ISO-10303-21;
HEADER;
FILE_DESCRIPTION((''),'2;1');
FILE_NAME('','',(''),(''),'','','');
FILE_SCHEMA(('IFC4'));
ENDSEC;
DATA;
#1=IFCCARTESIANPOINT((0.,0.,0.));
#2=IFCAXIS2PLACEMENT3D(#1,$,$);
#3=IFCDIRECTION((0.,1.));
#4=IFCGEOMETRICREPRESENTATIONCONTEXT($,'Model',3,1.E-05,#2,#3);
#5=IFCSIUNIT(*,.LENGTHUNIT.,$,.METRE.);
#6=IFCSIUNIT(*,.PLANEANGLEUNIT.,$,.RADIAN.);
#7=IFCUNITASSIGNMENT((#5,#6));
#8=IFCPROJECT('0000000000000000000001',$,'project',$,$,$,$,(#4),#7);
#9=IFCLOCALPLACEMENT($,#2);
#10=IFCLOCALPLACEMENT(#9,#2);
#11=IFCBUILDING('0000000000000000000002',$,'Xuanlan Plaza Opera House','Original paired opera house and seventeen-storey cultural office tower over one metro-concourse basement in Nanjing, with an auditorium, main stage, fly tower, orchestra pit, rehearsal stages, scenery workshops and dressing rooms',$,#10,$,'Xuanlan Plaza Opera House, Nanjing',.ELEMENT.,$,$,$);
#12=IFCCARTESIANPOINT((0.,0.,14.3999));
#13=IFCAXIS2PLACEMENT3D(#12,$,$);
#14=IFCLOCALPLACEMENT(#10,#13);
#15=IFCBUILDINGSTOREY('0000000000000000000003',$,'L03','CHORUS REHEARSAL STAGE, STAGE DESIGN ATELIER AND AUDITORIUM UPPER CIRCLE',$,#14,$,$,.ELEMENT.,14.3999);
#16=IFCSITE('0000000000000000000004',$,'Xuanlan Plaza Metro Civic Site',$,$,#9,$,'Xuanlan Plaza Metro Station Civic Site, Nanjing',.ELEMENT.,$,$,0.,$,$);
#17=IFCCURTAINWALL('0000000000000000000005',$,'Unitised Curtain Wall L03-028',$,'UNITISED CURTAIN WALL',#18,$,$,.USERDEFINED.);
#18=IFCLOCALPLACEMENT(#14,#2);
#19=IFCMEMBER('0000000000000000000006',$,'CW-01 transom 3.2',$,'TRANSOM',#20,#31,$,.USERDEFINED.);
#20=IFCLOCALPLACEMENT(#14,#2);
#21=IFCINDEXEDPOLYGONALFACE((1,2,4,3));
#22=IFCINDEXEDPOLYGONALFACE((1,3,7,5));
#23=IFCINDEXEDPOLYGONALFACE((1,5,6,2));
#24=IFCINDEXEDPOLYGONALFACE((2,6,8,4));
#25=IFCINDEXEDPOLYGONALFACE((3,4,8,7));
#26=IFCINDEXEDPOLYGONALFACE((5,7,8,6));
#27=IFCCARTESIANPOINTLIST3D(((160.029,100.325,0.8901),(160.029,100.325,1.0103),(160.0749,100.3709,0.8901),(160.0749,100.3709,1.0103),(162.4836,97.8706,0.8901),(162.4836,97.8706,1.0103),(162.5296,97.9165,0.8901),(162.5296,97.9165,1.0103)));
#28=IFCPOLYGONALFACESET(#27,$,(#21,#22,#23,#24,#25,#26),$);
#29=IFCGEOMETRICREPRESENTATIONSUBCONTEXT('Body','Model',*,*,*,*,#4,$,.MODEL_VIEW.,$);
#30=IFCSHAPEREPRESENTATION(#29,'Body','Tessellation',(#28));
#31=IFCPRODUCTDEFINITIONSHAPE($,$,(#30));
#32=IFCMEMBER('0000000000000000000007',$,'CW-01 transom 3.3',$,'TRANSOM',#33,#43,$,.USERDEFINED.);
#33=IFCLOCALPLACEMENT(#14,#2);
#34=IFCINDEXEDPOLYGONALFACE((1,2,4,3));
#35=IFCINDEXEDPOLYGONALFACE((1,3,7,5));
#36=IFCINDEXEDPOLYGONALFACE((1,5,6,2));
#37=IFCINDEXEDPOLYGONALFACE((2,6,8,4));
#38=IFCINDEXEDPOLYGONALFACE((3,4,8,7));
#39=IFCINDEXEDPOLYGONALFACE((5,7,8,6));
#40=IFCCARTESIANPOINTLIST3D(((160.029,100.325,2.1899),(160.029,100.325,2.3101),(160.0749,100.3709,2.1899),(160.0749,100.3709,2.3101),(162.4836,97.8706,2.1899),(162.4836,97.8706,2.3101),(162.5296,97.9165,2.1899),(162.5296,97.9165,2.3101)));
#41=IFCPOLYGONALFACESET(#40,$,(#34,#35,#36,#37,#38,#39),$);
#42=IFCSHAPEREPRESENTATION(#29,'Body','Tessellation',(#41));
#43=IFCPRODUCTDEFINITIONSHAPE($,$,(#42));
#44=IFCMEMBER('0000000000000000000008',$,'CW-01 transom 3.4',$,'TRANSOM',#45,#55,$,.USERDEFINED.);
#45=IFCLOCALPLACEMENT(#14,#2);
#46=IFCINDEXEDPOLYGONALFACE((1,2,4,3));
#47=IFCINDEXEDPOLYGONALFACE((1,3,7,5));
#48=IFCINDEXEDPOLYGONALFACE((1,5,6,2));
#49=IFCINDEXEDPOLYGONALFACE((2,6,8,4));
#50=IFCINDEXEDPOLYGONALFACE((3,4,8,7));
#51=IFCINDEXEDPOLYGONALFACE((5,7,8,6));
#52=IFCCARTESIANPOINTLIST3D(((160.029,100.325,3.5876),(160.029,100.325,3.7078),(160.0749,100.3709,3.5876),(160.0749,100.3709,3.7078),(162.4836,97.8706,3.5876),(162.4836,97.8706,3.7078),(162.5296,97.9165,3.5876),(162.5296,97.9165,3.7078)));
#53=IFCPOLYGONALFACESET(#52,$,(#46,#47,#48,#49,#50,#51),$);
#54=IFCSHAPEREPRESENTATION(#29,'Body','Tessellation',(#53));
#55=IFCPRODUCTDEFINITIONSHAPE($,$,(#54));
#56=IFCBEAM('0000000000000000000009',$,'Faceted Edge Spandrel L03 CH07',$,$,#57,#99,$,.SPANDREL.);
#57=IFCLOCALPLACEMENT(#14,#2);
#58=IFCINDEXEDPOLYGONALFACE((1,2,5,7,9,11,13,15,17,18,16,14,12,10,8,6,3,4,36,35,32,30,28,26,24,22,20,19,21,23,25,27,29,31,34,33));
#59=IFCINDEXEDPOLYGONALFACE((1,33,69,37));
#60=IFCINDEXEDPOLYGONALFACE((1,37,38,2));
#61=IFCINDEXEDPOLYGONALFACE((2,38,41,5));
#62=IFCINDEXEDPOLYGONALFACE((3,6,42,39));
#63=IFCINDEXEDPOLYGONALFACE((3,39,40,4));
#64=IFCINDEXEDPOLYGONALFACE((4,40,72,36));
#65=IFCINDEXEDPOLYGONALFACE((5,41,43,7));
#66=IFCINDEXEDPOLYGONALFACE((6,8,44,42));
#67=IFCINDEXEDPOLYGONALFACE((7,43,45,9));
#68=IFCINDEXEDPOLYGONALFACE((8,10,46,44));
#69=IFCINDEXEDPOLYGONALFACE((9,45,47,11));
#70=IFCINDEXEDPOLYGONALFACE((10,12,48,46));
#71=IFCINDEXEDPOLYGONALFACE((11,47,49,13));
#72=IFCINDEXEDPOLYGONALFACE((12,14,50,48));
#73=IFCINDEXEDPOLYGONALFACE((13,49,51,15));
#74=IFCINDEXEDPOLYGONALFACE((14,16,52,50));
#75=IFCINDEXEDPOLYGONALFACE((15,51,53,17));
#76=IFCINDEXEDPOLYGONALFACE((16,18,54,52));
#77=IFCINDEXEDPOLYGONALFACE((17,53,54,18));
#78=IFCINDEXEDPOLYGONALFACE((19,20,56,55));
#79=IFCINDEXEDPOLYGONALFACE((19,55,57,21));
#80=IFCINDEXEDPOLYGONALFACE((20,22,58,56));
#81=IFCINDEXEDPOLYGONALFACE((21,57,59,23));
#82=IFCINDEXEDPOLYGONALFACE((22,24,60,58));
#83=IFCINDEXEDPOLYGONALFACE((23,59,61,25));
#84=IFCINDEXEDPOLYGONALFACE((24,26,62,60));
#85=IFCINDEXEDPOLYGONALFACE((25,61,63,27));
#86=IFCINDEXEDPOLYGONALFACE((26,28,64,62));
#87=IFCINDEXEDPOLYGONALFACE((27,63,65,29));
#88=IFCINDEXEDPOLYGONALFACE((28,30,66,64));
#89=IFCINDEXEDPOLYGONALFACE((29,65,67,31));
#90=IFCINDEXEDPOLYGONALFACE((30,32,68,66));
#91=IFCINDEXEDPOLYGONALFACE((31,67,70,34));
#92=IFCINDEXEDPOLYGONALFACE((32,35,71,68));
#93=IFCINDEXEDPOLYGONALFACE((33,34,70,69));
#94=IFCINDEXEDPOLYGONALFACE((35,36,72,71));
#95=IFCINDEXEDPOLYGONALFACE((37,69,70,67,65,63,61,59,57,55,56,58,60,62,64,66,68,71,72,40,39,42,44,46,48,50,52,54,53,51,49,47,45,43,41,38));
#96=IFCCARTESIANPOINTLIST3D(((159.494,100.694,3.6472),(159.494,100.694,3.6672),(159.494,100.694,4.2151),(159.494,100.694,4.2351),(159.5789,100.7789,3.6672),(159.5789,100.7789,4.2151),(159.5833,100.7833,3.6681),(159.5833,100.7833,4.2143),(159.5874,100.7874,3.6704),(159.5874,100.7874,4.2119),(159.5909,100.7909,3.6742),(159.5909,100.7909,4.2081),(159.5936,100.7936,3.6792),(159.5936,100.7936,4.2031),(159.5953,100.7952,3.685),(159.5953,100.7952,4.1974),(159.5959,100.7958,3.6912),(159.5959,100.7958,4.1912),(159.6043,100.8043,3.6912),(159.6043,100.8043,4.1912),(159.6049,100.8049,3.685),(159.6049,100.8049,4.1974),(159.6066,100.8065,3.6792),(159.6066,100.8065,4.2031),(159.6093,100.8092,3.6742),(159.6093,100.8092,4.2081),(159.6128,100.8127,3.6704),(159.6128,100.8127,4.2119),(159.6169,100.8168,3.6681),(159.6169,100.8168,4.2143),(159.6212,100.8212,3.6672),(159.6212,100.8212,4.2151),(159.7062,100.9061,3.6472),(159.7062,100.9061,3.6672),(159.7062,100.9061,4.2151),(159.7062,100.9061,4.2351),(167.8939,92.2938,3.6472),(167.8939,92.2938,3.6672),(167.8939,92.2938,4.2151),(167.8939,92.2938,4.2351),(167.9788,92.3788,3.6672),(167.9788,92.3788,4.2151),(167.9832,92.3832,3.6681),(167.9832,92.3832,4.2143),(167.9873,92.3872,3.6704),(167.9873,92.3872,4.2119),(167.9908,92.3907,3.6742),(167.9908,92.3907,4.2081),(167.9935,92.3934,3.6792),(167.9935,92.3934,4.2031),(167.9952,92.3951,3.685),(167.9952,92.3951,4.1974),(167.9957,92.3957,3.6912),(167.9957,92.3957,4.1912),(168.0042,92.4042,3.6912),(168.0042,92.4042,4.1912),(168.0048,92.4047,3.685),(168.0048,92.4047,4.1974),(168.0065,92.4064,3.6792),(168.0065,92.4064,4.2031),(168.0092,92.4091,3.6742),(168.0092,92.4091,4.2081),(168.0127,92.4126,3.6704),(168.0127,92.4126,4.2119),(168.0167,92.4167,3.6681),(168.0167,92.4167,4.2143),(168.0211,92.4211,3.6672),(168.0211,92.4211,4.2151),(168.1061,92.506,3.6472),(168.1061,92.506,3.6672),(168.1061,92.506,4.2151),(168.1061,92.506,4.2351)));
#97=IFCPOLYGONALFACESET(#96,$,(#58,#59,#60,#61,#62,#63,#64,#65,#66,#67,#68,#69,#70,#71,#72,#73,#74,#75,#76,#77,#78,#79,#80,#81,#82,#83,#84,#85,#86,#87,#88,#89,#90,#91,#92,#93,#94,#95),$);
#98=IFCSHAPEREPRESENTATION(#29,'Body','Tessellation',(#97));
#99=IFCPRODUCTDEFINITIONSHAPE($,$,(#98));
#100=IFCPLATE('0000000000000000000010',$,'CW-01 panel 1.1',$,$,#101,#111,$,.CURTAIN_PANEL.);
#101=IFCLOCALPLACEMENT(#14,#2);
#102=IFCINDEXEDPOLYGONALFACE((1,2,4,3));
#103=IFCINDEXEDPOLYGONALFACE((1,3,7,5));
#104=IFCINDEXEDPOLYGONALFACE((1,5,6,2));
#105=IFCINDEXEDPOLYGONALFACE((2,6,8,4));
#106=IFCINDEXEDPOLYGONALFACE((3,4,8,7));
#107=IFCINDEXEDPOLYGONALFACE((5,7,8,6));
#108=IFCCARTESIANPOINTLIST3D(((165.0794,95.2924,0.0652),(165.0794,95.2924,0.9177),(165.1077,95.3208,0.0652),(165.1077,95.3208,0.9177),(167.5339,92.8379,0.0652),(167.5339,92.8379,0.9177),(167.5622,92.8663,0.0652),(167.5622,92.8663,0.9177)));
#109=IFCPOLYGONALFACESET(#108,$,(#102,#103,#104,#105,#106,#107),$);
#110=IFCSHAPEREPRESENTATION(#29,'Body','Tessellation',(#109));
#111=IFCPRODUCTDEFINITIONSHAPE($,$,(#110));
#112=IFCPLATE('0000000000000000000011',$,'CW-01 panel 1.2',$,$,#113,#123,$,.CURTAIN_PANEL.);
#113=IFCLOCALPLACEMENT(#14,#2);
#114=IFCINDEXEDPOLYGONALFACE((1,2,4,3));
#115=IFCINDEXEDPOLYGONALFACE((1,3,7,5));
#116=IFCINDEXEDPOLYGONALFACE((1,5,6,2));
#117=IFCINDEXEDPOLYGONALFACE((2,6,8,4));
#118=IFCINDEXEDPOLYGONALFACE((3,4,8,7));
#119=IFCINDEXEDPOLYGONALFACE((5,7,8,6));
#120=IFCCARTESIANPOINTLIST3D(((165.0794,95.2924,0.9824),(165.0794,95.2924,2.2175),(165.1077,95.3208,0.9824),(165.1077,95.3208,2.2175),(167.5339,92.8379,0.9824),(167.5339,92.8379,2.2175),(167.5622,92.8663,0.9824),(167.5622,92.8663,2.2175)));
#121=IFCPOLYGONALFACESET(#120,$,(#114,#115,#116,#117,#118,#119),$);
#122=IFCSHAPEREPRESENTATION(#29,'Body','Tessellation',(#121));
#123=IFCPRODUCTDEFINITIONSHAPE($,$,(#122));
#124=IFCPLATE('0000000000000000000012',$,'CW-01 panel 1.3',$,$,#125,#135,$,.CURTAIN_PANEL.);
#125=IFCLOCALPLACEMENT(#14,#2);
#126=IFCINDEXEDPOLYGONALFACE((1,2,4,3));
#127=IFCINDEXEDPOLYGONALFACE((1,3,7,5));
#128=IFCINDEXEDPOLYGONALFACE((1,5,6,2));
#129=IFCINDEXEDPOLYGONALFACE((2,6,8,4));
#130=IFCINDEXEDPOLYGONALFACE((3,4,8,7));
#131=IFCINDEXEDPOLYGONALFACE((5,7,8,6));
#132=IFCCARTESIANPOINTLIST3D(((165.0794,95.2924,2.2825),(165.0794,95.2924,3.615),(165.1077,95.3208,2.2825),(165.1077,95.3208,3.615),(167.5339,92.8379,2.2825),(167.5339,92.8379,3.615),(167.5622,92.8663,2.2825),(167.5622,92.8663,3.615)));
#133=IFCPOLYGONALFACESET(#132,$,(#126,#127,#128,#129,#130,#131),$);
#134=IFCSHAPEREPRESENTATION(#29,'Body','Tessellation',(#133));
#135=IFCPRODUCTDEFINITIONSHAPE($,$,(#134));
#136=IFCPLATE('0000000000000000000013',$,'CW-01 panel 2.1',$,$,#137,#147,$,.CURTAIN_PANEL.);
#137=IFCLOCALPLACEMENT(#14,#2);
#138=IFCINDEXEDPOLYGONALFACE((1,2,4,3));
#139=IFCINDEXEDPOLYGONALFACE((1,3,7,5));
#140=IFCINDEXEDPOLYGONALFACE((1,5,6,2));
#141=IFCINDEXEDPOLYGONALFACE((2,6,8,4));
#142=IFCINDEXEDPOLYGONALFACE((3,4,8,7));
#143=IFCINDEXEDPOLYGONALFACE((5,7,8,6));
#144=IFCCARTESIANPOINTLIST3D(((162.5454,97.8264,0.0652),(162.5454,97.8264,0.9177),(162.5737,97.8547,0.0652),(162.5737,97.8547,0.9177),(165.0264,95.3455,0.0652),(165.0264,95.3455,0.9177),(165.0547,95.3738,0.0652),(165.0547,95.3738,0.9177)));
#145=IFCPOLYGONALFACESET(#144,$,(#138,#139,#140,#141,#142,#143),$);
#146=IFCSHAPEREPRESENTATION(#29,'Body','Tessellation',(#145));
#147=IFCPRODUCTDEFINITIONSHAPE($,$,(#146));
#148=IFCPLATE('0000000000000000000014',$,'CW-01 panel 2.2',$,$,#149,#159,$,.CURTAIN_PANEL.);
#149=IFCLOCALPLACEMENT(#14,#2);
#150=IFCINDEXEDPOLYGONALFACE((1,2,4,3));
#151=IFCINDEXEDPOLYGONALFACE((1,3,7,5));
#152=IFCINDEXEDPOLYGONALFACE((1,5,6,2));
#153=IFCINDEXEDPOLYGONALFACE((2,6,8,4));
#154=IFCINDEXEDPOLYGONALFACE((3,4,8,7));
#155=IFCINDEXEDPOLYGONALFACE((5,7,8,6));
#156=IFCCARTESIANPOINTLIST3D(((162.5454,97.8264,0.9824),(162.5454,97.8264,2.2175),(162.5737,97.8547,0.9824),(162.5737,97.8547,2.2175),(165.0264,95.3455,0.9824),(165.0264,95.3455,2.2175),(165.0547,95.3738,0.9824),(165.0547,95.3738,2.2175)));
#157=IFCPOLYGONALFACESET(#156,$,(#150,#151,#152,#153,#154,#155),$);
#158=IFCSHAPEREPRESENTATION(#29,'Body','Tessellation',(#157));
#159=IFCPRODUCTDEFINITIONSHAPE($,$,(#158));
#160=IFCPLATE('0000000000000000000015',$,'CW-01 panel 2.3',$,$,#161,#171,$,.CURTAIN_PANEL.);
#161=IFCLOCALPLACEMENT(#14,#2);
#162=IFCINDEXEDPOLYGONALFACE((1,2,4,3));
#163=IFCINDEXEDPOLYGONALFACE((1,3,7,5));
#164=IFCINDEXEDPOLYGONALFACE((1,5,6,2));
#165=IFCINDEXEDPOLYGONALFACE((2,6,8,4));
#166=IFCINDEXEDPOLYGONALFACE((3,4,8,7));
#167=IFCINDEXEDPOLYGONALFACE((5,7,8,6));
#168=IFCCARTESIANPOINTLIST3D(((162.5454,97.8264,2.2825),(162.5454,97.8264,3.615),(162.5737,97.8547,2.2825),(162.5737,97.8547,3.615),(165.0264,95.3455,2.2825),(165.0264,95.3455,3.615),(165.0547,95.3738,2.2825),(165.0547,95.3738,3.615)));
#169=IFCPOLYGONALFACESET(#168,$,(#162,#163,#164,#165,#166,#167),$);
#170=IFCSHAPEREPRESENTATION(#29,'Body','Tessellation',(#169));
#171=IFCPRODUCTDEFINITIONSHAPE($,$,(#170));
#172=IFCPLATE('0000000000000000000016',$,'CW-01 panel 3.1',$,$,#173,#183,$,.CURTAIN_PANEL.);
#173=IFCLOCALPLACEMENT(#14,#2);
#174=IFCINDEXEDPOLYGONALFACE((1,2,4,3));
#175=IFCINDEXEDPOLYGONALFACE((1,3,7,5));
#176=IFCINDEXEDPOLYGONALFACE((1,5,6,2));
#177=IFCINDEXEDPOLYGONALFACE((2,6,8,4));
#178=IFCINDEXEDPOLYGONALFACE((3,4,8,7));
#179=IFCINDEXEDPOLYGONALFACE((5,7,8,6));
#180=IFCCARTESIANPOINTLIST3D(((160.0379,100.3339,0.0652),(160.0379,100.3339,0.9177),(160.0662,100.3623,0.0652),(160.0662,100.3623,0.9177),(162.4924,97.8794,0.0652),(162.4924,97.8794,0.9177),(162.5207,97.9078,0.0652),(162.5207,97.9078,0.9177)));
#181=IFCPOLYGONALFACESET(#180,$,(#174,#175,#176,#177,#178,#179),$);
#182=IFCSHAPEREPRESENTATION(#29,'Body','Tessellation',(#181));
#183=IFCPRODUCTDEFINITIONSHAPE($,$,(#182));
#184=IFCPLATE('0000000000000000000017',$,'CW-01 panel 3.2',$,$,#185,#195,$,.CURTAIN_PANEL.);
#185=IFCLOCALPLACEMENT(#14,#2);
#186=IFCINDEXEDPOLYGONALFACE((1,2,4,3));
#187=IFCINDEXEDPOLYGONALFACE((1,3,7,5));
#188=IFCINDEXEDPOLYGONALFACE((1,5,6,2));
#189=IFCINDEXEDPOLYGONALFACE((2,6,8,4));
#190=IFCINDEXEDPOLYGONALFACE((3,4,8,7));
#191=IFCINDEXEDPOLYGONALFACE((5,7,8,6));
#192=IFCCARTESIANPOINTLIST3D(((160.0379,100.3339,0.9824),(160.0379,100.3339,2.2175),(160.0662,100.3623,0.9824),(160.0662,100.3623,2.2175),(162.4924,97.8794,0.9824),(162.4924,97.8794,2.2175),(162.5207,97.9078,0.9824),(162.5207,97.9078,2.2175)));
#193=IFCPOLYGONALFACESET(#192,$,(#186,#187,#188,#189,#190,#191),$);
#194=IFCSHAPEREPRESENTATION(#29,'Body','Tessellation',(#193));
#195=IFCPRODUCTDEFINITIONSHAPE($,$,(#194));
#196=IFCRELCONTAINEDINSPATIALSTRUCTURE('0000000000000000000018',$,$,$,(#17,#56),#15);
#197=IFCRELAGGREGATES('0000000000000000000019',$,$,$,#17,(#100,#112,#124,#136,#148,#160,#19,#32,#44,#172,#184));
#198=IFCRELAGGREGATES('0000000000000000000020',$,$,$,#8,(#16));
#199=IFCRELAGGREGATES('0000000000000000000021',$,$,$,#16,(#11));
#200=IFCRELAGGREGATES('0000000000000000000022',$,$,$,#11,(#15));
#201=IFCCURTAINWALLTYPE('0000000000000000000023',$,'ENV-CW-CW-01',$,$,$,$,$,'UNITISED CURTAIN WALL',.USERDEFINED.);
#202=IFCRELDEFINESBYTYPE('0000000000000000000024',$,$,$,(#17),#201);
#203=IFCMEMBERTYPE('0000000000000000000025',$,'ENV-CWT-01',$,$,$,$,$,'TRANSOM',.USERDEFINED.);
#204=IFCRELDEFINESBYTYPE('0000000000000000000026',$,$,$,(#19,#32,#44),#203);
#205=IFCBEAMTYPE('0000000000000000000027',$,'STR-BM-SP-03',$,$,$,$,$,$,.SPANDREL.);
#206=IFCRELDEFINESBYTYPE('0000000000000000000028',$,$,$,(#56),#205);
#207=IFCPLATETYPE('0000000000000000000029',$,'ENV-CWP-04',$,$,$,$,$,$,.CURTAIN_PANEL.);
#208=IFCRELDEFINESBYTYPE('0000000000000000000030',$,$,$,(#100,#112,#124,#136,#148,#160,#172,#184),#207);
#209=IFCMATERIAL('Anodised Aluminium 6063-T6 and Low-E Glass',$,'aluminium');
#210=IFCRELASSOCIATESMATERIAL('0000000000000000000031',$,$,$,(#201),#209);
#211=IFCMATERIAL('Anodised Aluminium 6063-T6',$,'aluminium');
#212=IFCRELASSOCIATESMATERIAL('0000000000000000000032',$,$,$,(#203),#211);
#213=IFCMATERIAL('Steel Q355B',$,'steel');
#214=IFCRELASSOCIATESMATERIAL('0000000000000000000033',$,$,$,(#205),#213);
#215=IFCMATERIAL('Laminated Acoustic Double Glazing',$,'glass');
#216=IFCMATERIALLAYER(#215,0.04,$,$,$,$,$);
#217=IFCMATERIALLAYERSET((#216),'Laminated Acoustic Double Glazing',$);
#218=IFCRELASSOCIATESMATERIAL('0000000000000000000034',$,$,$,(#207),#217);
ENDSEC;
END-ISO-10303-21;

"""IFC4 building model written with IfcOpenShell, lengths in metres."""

from ifc_helpers import new_model, si_unit, direction, frame, origin, origin_2d, place, context, subcontext, project, spatial, rectangle, i_section, extrude, material, layer, layer_set, material_profile, profile_set, type_object, element, aggregate, save


model = new_model("IFC4")

# Units and contexts
model_context = context("Model", 3, precision=1e-05, world=origin(), true_north=direction((0.0, 1.0)))
body_context = subcontext(model_context, "Body", "Model", "MODEL_VIEW")
ifc_project = project(units=[si_unit("LENGTHUNIT", "METRE"), si_unit("PLANEANGLEUNIT", "RADIAN")], contexts=[model_context])

# Site, building, storey
site_placement = place(None, origin())
site = spatial("IfcSite", under=ifc_project, at=site_placement, Name="Xuanlan Plaza Metro Civic Site", LongName="Xuanlan Plaza Metro Station Civic Site, Nanjing", CompositionType="ELEMENT", RefElevation=0.0)
building_placement = place(site_placement, origin())
building = spatial("IfcBuilding", under=site, at=building_placement, Name="Xuanlan Plaza Opera House", Description="Original paired opera house and seventeen-storey cultural office tower over one metro-concourse basement in Nanjing, with an auditorium, main stage, fly tower, orchestra pit, rehearsal stages, scenery workshops and dressing rooms", LongName="Xuanlan Plaza Opera House, Nanjing", CompositionType="ELEMENT")
storey_placement = place(building_placement, frame((0.0, 0.0, 14.3999)))
storey = spatial("IfcBuildingStorey", under=building, at=storey_placement, Name="L03", Description="CHORUS REHEARSAL STAGE, STAGE DESIGN ATELIER AND AUDITORIUM UPPER CIRCLE", CompositionType="ELEMENT", Elevation=14.3999)

# Curtain wall
ifc_material_1 = material(Name="Anodised Aluminium 6063-T6 and Low-E Glass", Category="aluminium")
curtain_wall_type_1 = type_object("IfcCurtainWallType", Name="ENV-CW-CW-01", ElementType="UNITISED CURTAIN WALL", PredefinedType="USERDEFINED", material=ifc_material_1)
curtain_wall_1_placement = place(storey_placement, origin())
curtain_wall_1 = element("IfcCurtainWall", 1, at=curtain_wall_1_placement, inside=storey, type_object=curtain_wall_type_1, Name="Unitised Curtain Wall L03-028", ObjectType="UNITISED CURTAIN WALL", PredefinedType="USERDEFINED")
ifc_material_2 = material(Name="Anodised Aluminium 6063-T6", Category="aluminium")

# Members
ifc_material_profile_1 = material_profile(ifc_material_2, rectangle(XDim=0.0649, YDim=0.1201, at=origin_2d()), Name="ALU-T 65x120")
ifc_profile_set_1 = profile_set([ifc_material_profile_1], Name="Anodised Aluminium 6063-T6")
member_type_1 = type_object("IfcMemberType", Name="ENV-CWT-01", ElementType="TRANSOM", PredefinedType="USERDEFINED", material=ifc_profile_set_1)
member_1_placement = place(storey_placement, frame((162.5066, 97.8936, 0.9502), z_axis=(-0.707142, 0.707072, 0.0), x_axis=(-0.707072, -0.707142, 0.0)))
member_1 = element("IfcMember", 2, at=member_1_placement, type_object=member_type_1, Name="CW-01 transom 3.2", ObjectType="TRANSOM", PredefinedType="USERDEFINED", context=body_context, shape_type="SweptSolid", body=[
    extrude(rectangle(XDim=0.0649, YDim=0.1201, at=origin_2d()), origin(), (0.0, 0.0, 1.0), 3.4712),
])
member_2_placement = place(storey_placement, frame((162.5066, 97.8936, 2.25), z_axis=(-0.707142, 0.707072, 0.0), x_axis=(-0.707072, -0.707142, 0.0)))
member_2 = element("IfcMember", 3, at=member_2_placement, type_object=member_type_1, Name="CW-01 transom 3.3", ObjectType="TRANSOM", PredefinedType="USERDEFINED", context=body_context, shape_type="SweptSolid", body=[
    extrude(rectangle(XDim=0.0649, YDim=0.1201, at=origin_2d()), origin(), (0.0, 0.0, 1.0), 3.4712),
])
member_3_placement = place(storey_placement, frame((162.5066, 97.8936, 3.6477), z_axis=(-0.707142, 0.707072, 0.0), x_axis=(-0.707072, -0.707142, 0.0)))
member_3 = element("IfcMember", 4, at=member_3_placement, type_object=member_type_1, Name="CW-01 transom 3.4", ObjectType="TRANSOM", PredefinedType="USERDEFINED", context=body_context, shape_type="SweptSolid", body=[
    extrude(rectangle(XDim=0.0649, YDim=0.1201, at=origin_2d()), origin(), (0.0, 0.0, 1.0), 3.4712),
])

# Beam
ifc_material_3 = material(Name="Steel Q355B", Category="steel")
ifc_material_profile_2 = material_profile(ifc_material_3, i_section(OverallWidth=0.3, OverallDepth=0.5879, WebThickness=0.012, FlangeThickness=0.02, FilletRadius=0.0239, at=origin_2d()), Name="HM 588x300x12x20")
ifc_profile_set_2 = profile_set([ifc_material_profile_2], Name="Steel Q355B")
beam_type = type_object("IfcBeamType", Name="STR-BM-SP-03", PredefinedType="SPANDREL", material=ifc_profile_set_2)
beam_placement = place(storey_placement, frame((159.6001, 100.8, 3.9412), z_axis=(0.707097, -0.707117, 0.0), x_axis=(0.707117, 0.707097, 0.0)))
element("IfcBeam", 5, at=beam_placement, inside=storey, type_object=beam_type, Name="Faceted Edge Spandrel L03 CH07", PredefinedType="SPANDREL", context=body_context, shape_type="SweptSolid", body=[
    extrude(i_section(OverallWidth=0.3, OverallDepth=0.5879, WebThickness=0.012, FlangeThickness=0.02, FilletRadius=0.0239, at=origin_2d()), origin(), (0.0, 0.0, 1.0), 11.8794),
])

# Plates
ifc_material_4 = material(Name="Laminated Acoustic Double Glazing", Category="glass")
ifc_layer = layer(ifc_material_4, 0.04)
ifc_layer_set = layer_set([ifc_layer], Name="Laminated Acoustic Double Glazing")
plate_type = type_object("IfcPlateType", Name="ENV-CWP-04", PredefinedType="CURTAIN_PANEL", material=ifc_layer_set)
plate_1_placement = place(storey_placement, frame((166.3208, 94.0793, 0.0652), z_axis=(0.0, 0.0, 1.0), x_axis=(-0.707107, 0.707107, 0.0)))
plate_1 = element("IfcPlate", 6, at=plate_1_placement, type_object=plate_type, Name="CW-01 panel 1.1", PredefinedType="CURTAIN_PANEL", context=body_context, shape_type="SweptSolid", body=[
    extrude(rectangle(XDim=3.4712, YDim=0.04, at=origin_2d()), origin(), (0.0, 0.0, 1.0), 0.8525),
])
plate_2_placement = place(storey_placement, frame((166.3208, 94.0793, 0.9824), z_axis=(0.0, 0.0, 1.0), x_axis=(-0.707107, 0.707107, 0.0)))
plate_2 = element("IfcPlate", 7, at=plate_2_placement, type_object=plate_type, Name="CW-01 panel 1.2", PredefinedType="CURTAIN_PANEL", context=body_context, shape_type="SweptSolid", body=[
    extrude(rectangle(XDim=3.4712, YDim=0.04, at=origin_2d()), origin(), (0.0, 0.0, 1.0), 1.2351),
])
plate_3_placement = place(storey_placement, frame((166.3208, 94.0793, 2.2825), z_axis=(0.0, 0.0, 1.0), x_axis=(-0.707107, 0.707107, 0.0)))
plate_3 = element("IfcPlate", 8, at=plate_3_placement, type_object=plate_type, Name="CW-01 panel 1.3", PredefinedType="CURTAIN_PANEL", context=body_context, shape_type="SweptSolid", body=[
    extrude(rectangle(XDim=3.4712, YDim=0.04, at=origin_2d()), origin(), (0.0, 0.0, 1.0), 1.3325),
])
plate_4_placement = place(storey_placement, frame((163.8, 96.6001, 0.0652), z_axis=(0.0, 0.0, 1.0), x_axis=(-0.707107, 0.707107, 0.0)))
plate_4 = element("IfcPlate", 9, at=plate_4_placement, type_object=plate_type, Name="CW-01 panel 2.1", PredefinedType="CURTAIN_PANEL", context=body_context, shape_type="SweptSolid", body=[
    extrude(rectangle(XDim=3.5085, YDim=0.04, at=origin_2d()), origin(), (0.0, 0.0, 1.0), 0.8525),
])
plate_5_placement = place(storey_placement, frame((163.8, 96.6001, 0.9824), z_axis=(0.0, 0.0, 1.0), x_axis=(-0.707107, 0.707107, 0.0)))
plate_5 = element("IfcPlate", 10, at=plate_5_placement, type_object=plate_type, Name="CW-01 panel 2.2", PredefinedType="CURTAIN_PANEL", context=body_context, shape_type="SweptSolid", body=[
    extrude(rectangle(XDim=3.5085, YDim=0.04, at=origin_2d()), origin(), (0.0, 0.0, 1.0), 1.2351),
])
plate_6_placement = place(storey_placement, frame((163.8, 96.6001, 2.2825), z_axis=(0.0, 0.0, 1.0), x_axis=(-0.707107, 0.707107, 0.0)))
plate_6 = element("IfcPlate", 11, at=plate_6_placement, type_object=plate_type, Name="CW-01 panel 2.3", PredefinedType="CURTAIN_PANEL", context=body_context, shape_type="SweptSolid", body=[
    extrude(rectangle(XDim=3.5085, YDim=0.04, at=origin_2d()), origin(), (0.0, 0.0, 1.0), 1.3325),
])
plate_7_placement = place(storey_placement, frame((161.2793, 99.1208, 0.0652), z_axis=(0.0, 0.0, 1.0), x_axis=(-0.707107, 0.707107, 0.0)))
plate_7 = element("IfcPlate", 12, at=plate_7_placement, type_object=plate_type, Name="CW-01 panel 3.1", PredefinedType="CURTAIN_PANEL", context=body_context, shape_type="SweptSolid", body=[
    extrude(rectangle(XDim=3.4712, YDim=0.04, at=origin_2d()), origin(), (0.0, 0.0, 1.0), 0.8525),
])
plate_8_placement = place(storey_placement, frame((161.2793, 99.1208, 0.9824), z_axis=(0.0, 0.0, 1.0), x_axis=(-0.707107, 0.707107, 0.0)))
plate_8 = element("IfcPlate", 13, at=plate_8_placement, type_object=plate_type, Name="CW-01 panel 3.2", PredefinedType="CURTAIN_PANEL", context=body_context, shape_type="SweptSolid", body=[
    extrude(rectangle(XDim=3.4712, YDim=0.04, at=origin_2d()), origin(), (0.0, 0.0, 1.0), 1.2351),
])
aggregate(curtain_wall_1, [plate_1, plate_2, plate_3, plate_4, plate_5, plate_6, member_1, member_2, member_3, plate_7, plate_8])

save(model, "model.ifc")
